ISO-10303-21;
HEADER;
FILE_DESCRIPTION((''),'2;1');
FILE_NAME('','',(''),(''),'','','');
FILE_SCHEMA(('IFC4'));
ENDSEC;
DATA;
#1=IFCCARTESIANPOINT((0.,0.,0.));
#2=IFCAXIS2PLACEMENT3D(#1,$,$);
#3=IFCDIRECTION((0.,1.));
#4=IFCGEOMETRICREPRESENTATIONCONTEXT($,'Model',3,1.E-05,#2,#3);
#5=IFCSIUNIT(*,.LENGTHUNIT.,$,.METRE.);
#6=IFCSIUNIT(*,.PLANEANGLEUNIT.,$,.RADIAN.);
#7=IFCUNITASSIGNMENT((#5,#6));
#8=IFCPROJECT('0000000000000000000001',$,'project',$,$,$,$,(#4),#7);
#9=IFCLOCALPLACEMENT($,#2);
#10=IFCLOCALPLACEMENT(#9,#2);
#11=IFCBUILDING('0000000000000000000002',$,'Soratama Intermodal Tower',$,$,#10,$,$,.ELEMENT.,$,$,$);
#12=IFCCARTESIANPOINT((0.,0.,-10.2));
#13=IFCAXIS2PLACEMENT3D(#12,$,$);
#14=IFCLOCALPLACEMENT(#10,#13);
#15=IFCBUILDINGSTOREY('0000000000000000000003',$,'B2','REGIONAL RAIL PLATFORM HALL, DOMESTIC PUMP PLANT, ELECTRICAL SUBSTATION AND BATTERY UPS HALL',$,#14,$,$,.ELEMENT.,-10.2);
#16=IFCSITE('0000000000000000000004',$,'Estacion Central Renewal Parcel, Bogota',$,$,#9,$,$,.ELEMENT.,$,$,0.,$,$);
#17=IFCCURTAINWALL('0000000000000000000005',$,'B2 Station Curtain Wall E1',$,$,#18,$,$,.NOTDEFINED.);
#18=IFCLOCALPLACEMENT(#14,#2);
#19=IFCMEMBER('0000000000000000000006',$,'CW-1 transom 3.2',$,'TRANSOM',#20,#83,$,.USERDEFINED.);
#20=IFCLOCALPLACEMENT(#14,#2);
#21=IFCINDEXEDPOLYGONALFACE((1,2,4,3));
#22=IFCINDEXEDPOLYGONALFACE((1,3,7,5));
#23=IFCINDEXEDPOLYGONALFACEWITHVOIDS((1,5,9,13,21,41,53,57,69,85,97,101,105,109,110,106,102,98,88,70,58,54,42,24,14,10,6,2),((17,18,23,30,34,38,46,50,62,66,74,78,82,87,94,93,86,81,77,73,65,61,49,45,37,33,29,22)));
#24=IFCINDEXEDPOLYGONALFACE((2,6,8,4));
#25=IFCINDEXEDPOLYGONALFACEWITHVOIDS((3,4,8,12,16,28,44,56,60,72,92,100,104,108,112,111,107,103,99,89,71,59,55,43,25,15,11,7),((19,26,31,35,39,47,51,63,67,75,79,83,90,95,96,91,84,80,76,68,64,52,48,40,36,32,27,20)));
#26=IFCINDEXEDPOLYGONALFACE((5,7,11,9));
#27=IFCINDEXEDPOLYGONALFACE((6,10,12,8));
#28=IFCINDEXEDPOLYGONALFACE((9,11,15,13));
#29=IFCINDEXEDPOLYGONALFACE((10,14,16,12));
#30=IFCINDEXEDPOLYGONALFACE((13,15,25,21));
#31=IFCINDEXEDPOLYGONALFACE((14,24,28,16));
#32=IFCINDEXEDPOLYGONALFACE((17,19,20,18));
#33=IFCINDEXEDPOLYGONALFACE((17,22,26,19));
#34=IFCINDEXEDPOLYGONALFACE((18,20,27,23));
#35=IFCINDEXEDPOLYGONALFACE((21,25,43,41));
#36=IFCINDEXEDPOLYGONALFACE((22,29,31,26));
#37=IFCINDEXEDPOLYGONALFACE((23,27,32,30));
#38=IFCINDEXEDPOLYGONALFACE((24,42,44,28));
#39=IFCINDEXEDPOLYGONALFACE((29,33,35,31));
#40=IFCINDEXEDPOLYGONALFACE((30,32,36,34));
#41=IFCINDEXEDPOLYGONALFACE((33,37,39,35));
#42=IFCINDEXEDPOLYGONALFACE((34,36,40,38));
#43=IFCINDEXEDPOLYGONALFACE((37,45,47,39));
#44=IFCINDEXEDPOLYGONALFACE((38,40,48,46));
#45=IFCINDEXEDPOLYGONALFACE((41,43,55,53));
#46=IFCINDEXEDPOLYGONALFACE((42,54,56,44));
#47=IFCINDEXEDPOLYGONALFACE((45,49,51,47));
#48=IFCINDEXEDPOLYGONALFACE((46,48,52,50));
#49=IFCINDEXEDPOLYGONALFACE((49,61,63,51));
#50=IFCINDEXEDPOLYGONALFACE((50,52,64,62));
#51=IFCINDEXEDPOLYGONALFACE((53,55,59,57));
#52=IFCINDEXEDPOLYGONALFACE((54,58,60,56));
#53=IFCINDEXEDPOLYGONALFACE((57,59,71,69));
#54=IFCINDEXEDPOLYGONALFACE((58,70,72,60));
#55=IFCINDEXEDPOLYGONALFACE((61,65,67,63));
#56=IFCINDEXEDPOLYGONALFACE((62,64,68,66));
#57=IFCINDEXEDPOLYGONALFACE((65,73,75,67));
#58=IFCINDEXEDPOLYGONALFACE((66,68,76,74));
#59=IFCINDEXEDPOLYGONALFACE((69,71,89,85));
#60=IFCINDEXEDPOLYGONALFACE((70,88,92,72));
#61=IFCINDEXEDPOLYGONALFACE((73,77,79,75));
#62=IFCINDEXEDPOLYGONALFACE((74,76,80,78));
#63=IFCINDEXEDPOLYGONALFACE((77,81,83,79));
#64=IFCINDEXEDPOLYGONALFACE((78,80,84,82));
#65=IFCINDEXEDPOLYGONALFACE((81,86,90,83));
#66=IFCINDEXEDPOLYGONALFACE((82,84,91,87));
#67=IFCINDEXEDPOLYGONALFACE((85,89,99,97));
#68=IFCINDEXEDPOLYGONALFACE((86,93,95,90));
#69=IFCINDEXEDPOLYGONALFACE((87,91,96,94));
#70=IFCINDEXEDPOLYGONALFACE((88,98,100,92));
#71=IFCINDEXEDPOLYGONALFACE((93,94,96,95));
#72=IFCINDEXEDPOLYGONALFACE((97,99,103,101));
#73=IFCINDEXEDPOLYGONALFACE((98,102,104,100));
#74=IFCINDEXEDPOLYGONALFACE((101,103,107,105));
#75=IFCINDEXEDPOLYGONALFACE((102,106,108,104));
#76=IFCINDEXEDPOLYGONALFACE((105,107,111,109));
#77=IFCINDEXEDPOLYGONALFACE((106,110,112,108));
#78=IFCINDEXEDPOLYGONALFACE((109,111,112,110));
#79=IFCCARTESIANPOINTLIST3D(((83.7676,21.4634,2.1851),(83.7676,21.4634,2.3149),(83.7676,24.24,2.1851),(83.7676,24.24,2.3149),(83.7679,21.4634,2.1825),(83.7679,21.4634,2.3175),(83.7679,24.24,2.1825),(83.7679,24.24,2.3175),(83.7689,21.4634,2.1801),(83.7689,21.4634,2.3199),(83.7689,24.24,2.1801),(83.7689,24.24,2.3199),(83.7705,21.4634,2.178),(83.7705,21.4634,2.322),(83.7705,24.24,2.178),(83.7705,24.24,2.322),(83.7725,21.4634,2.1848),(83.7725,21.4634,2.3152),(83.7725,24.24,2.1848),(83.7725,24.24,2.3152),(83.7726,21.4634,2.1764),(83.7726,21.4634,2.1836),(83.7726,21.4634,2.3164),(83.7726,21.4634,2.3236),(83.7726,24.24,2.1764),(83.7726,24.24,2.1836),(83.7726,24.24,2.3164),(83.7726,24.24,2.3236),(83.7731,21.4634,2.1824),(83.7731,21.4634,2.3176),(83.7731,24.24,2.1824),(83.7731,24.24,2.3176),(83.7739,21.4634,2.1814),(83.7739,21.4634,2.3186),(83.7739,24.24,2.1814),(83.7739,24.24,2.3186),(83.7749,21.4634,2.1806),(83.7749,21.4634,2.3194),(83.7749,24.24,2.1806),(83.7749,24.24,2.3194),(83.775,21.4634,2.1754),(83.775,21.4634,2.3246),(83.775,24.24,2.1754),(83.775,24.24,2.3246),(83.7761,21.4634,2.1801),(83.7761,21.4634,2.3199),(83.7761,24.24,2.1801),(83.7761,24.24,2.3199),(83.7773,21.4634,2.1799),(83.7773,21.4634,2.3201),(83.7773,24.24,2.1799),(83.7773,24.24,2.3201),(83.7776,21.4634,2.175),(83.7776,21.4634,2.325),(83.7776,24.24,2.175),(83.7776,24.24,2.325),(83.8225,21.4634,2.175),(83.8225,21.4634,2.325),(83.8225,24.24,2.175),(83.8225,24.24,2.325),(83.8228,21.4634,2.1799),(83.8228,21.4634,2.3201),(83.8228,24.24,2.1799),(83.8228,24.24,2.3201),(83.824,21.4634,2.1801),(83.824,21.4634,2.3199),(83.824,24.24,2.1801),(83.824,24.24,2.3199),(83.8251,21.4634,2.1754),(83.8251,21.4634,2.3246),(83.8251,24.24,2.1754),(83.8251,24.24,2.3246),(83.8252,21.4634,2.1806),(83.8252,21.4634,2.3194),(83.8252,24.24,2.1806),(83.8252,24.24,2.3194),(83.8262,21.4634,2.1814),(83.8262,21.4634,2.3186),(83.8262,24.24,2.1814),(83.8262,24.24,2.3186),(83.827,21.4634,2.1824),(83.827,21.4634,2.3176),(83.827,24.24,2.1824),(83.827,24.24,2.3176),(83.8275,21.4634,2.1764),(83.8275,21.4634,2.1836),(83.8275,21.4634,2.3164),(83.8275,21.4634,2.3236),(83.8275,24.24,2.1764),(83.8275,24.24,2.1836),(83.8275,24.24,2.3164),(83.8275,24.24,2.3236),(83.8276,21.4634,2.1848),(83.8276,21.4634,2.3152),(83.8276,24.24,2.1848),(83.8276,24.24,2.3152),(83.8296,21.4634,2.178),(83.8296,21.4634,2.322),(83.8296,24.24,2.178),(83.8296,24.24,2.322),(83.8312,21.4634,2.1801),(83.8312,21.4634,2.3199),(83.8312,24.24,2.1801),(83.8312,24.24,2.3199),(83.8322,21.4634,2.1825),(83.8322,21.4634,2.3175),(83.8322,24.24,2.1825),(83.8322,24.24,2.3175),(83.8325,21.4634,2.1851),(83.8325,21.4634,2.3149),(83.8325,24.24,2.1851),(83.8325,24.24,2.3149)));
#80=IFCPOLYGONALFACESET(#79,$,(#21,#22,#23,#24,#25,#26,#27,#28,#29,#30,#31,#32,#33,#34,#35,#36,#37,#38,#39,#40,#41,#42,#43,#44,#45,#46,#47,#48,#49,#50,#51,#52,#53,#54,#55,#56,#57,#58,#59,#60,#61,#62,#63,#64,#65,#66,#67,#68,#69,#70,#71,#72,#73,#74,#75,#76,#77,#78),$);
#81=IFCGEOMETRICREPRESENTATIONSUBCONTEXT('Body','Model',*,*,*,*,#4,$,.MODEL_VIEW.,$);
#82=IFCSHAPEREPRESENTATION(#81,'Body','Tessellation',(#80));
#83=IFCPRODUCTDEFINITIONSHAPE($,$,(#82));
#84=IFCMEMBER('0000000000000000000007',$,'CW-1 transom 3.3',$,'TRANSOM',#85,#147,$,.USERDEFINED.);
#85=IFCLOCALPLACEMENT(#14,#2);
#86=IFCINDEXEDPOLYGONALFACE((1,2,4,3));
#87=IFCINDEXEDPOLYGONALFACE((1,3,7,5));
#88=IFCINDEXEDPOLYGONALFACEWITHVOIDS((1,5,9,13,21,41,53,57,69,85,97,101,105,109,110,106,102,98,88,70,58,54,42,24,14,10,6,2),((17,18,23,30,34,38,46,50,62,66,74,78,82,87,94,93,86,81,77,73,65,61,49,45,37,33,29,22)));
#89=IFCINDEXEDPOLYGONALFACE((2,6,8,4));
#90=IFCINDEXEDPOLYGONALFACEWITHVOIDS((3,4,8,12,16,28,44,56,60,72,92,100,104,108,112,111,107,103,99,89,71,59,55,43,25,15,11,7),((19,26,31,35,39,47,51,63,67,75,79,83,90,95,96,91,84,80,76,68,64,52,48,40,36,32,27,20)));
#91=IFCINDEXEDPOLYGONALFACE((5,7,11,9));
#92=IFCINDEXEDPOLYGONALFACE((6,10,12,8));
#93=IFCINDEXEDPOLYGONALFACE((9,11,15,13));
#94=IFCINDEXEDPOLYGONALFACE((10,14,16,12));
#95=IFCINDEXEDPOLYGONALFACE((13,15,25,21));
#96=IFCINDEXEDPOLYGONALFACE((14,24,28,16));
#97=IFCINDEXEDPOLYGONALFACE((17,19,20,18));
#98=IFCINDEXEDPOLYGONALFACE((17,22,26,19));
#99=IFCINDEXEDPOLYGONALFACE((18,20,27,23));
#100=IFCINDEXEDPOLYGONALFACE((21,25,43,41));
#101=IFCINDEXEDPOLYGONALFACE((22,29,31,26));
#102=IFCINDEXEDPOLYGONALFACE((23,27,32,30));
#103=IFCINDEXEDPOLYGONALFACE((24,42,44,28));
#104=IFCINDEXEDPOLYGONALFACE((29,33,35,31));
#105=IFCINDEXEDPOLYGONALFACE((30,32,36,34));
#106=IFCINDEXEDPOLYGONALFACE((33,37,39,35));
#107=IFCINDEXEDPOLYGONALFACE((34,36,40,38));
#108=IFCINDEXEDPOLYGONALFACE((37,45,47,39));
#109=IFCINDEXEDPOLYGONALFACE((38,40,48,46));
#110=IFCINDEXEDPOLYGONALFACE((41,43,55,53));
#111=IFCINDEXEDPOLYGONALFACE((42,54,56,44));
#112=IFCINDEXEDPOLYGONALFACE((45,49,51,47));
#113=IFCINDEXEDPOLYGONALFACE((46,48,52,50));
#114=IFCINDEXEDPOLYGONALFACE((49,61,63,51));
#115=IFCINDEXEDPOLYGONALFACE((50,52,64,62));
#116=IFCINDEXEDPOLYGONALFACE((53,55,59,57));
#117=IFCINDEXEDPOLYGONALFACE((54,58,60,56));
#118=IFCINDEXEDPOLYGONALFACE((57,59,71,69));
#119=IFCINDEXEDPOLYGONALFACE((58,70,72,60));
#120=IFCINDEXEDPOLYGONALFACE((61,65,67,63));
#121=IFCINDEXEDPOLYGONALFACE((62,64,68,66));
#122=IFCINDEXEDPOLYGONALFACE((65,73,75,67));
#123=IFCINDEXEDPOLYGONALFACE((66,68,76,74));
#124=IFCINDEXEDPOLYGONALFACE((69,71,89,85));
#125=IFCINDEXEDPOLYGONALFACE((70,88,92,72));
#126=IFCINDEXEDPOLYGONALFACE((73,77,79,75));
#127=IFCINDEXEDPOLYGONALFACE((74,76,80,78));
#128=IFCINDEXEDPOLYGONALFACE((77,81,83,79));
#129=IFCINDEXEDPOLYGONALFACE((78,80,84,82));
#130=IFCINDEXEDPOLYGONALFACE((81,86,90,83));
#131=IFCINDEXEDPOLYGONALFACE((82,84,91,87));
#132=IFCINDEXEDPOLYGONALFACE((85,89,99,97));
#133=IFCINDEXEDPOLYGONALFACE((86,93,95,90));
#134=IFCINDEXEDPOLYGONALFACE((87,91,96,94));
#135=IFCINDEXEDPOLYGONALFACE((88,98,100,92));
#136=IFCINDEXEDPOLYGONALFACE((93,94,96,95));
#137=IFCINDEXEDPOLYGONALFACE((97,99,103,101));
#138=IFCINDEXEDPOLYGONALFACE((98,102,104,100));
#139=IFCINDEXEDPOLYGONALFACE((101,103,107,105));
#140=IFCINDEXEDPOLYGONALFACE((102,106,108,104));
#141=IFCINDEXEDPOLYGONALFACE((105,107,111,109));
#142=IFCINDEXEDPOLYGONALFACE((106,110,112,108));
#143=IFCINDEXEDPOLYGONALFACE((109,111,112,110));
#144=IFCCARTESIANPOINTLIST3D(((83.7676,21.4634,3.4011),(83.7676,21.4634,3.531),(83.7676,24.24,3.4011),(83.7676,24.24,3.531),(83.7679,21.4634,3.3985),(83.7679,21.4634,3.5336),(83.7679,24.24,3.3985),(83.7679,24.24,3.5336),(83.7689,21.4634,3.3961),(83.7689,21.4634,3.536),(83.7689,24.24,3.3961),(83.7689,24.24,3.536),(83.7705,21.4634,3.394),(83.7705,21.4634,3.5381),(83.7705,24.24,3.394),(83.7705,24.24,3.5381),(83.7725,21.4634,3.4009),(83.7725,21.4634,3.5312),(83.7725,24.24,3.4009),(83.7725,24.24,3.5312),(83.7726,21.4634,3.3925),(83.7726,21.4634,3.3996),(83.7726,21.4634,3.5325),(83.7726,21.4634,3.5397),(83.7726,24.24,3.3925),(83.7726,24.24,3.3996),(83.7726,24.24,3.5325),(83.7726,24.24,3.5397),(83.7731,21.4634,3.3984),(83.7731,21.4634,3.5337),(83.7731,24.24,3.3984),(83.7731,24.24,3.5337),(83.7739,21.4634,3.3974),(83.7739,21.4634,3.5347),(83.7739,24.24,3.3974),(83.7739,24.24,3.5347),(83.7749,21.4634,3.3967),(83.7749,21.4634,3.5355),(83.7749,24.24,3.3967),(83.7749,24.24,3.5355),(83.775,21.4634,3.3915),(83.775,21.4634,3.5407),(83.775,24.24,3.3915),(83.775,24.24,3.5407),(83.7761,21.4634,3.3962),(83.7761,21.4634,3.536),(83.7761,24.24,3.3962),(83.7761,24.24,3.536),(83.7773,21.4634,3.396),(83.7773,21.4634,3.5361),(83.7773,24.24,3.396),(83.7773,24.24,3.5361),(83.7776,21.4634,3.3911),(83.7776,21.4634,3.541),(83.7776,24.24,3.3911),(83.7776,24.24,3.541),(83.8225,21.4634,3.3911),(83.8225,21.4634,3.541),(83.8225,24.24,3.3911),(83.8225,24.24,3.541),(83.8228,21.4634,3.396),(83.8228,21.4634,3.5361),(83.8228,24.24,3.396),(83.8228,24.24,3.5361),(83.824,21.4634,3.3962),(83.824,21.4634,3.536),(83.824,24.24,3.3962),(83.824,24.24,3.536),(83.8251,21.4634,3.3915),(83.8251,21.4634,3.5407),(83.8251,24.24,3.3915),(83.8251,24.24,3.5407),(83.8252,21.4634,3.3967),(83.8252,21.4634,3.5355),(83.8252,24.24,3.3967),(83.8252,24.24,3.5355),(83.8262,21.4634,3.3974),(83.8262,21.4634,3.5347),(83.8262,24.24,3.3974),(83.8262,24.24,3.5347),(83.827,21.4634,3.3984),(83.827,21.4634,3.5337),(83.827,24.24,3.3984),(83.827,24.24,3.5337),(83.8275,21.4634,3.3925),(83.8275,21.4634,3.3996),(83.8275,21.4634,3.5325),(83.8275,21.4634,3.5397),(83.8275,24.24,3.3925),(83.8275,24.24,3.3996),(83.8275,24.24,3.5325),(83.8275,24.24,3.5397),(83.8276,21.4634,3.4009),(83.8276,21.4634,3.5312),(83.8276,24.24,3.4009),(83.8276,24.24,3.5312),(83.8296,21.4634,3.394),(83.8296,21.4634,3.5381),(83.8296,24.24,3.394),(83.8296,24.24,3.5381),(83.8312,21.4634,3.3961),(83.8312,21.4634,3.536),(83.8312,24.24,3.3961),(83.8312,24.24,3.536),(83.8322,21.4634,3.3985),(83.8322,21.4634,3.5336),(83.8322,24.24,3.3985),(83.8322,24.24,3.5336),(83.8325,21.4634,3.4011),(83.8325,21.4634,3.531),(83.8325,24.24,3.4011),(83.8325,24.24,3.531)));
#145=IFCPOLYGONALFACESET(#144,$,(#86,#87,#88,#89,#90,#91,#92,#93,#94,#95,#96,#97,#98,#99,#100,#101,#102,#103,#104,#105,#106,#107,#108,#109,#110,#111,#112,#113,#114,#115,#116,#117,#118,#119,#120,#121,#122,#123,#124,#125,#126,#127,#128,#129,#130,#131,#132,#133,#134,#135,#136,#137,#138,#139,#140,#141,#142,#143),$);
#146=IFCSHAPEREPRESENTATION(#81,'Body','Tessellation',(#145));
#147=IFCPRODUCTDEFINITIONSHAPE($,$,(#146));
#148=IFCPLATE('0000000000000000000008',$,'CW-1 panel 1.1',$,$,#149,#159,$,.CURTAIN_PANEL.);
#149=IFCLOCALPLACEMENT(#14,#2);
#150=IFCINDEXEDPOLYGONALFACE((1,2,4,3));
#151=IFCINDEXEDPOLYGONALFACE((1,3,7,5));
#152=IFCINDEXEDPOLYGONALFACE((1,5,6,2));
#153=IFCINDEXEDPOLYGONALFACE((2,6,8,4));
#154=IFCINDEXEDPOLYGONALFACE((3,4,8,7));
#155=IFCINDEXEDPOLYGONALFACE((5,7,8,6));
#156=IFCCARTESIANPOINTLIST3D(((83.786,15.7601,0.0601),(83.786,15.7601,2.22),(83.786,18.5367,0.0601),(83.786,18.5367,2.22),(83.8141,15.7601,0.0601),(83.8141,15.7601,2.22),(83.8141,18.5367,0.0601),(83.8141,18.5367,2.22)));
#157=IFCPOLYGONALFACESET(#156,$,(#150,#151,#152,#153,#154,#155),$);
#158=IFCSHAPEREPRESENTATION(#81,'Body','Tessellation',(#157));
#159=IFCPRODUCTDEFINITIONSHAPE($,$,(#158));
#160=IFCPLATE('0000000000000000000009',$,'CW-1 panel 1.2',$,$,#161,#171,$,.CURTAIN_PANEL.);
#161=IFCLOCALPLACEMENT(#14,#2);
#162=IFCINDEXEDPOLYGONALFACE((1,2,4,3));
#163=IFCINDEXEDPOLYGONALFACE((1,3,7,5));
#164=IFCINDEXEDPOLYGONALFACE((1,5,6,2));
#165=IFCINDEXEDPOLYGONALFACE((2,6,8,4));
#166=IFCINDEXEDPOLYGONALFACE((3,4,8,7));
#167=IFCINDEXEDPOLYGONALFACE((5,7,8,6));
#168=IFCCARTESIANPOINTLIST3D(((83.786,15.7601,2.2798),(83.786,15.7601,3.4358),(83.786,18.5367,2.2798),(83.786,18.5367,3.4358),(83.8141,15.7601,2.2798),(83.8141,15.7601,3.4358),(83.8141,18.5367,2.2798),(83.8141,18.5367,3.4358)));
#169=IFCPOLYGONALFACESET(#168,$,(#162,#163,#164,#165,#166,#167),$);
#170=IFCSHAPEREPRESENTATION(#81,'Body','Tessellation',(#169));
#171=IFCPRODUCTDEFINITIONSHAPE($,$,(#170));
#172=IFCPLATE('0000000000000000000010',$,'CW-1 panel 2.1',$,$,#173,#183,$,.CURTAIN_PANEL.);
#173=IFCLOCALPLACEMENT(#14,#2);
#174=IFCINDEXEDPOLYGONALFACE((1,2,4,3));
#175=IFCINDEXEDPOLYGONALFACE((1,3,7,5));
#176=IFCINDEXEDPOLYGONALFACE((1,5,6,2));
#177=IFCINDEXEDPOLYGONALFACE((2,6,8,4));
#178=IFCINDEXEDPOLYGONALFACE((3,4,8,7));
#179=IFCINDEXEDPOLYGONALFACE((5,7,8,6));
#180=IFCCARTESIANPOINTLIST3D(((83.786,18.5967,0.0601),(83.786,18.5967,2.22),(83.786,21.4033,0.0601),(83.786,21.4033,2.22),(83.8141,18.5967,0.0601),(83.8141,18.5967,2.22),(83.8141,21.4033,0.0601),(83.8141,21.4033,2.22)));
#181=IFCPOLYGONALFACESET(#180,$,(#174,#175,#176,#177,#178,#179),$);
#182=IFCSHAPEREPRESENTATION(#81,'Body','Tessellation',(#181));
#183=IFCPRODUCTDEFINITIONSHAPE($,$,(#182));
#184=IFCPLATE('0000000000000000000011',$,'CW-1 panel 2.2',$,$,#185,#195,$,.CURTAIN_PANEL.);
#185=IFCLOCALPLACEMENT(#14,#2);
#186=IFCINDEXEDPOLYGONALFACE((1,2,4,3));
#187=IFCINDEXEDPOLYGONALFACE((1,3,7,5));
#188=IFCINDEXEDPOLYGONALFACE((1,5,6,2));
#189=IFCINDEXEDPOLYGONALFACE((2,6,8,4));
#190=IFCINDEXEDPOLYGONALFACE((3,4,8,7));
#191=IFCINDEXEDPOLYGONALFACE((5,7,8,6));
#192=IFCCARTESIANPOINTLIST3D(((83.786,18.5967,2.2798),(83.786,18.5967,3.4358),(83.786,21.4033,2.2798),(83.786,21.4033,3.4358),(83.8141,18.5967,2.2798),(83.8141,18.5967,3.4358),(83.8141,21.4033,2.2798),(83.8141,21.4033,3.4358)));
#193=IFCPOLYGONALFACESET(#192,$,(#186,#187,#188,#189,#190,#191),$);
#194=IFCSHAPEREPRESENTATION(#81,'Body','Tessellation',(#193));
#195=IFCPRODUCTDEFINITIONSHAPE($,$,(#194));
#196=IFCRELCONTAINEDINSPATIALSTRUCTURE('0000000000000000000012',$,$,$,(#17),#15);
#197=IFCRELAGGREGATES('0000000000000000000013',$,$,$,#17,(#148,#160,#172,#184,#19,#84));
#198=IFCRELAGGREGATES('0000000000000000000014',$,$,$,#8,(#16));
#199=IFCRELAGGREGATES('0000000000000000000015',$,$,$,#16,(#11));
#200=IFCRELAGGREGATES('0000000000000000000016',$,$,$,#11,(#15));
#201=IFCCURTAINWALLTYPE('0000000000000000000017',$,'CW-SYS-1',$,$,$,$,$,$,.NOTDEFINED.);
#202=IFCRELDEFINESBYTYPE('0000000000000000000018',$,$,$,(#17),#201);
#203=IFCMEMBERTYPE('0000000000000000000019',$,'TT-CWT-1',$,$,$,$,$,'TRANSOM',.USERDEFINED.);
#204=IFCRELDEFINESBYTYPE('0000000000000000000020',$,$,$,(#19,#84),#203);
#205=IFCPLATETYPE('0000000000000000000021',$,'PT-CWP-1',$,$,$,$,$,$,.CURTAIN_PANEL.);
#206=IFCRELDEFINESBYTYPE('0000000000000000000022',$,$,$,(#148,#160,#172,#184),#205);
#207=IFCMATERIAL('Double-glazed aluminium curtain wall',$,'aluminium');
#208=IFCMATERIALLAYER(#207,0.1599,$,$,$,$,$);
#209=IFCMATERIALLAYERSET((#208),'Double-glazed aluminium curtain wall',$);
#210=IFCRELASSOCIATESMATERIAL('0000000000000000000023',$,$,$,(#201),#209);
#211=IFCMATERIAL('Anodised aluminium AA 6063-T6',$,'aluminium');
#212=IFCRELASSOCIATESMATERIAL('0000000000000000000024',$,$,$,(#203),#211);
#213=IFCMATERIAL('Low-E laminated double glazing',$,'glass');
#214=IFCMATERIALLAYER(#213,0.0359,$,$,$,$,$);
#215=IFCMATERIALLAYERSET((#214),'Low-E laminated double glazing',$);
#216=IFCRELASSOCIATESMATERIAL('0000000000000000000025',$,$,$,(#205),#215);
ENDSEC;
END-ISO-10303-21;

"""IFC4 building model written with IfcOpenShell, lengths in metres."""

from ifc_helpers import new_model, si_unit, direction, frame, origin, origin_2d, place, context, subcontext, project, spatial, rectangle, hollow_rectangle, extrude, material, layer, layer_set, material_profile, profile_set, type_object, element, aggregate, save


model = new_model("IFC4")

# Units and contexts
model_context = context("Model", 3, precision=1e-05, world=origin(), true_north=direction((0.0, 1.0)))
body_context = subcontext(model_context, "Body", "Model", "MODEL_VIEW")
ifc_project = project(units=[si_unit("LENGTHUNIT", "METRE"), si_unit("PLANEANGLEUNIT", "RADIAN")], contexts=[model_context])

# Site, building, storey
site_placement = place(None, origin())
site = spatial("IfcSite", under=ifc_project, at=site_placement, Name="Estacion Central Renewal Parcel, Bogota", CompositionType="ELEMENT", RefElevation=0.0)
building_placement = place(site_placement, origin())
building = spatial("IfcBuilding", under=site, at=building_placement, Name="Soratama Intermodal Tower", CompositionType="ELEMENT")
storey_placement = place(building_placement, frame((0.0, 0.0, -10.2)))
storey = spatial("IfcBuildingStorey", under=building, at=storey_placement, Name="B2", Description="REGIONAL RAIL PLATFORM HALL, DOMESTIC PUMP PLANT, ELECTRICAL SUBSTATION AND BATTERY UPS HALL", CompositionType="ELEMENT", Elevation=-10.2)

# Curtain wall, members, plates
ifc_material_1 = material(Name="Double-glazed aluminium curtain wall", Category="aluminium")
ifc_layer_1 = layer(ifc_material_1, 0.1599)
ifc_layer_set_1 = layer_set([ifc_layer_1], Name="Double-glazed aluminium curtain wall")
curtain_wall_type = type_object("IfcCurtainWallType", Name="CW-SYS-1", PredefinedType="NOTDEFINED", material=ifc_layer_set_1)
curtain_wall_placement = place(storey_placement, origin())
curtain_wall = element("IfcCurtainWall", 1, at=curtain_wall_placement, inside=storey, type_object=curtain_wall_type, Name="B2 Station Curtain Wall E1", PredefinedType="NOTDEFINED")
ifc_material_2 = material(Name="Anodised aluminium AA 6063-T6", Category="aluminium")
ifc_material_profile_1 = material_profile(ifc_material_2, hollow_rectangle(XDim=0.0649, YDim=0.1499, WallThickness=0.0049, InnerFilletRadius=0.0049, OuterFilletRadius=0.01, at=origin_2d()), Name="CWT150X65X5")
ifc_profile_set_1 = profile_set([ifc_material_profile_1], Name="Anodised aluminium AA 6063-T6")
member_type_1 = type_object("IfcMemberType", Name="TT-CWT-1", ElementType="TRANSOM", PredefinedType="USERDEFINED", material=ifc_profile_set_1)
member_1_placement = place(storey_placement, frame((83.8, 21.4634, 2.25), z_axis=(0.0, 1.0, 0.0), x_axis=(-1.0, 0.0, 0.0)))
member_1 = element("IfcMember", 2, at=member_1_placement, type_object=member_type_1, Name="CW-1 transom 3.2", ObjectType="TRANSOM", PredefinedType="USERDEFINED", context=body_context, shape_type="SweptSolid", body=[
    extrude(hollow_rectangle(XDim=0.0649, YDim=0.1499, WallThickness=0.0049, InnerFilletRadius=0.0049, OuterFilletRadius=0.01, at=origin_2d()), origin(), (0.0, 0.0, 1.0), 2.7766),
])
member_2_placement = place(storey_placement, frame((83.8, 21.4634, 3.4661), z_axis=(0.0, 1.0, 0.0), x_axis=(-1.0, 0.0, 0.0)))
member_2 = element("IfcMember", 3, at=member_2_placement, type_object=member_type_1, Name="CW-1 transom 3.3", ObjectType="TRANSOM", PredefinedType="USERDEFINED", context=body_context, shape_type="SweptSolid", body=[
    extrude(hollow_rectangle(XDim=0.0649, YDim=0.1499, WallThickness=0.0049, InnerFilletRadius=0.0049, OuterFilletRadius=0.01, at=origin_2d()), origin(), (0.0, 0.0, 1.0), 2.7766),
])
ifc_material_3 = material(Name="Low-E laminated double glazing", Category="glass")
ifc_layer_2 = layer(ifc_material_3, 0.0359)
ifc_layer_set_2 = layer_set([ifc_layer_2], Name="Low-E laminated double glazing")
plate_type = type_object("IfcPlateType", Name="PT-CWP-1", PredefinedType="CURTAIN_PANEL", material=ifc_layer_set_2)
plate_1_placement = place(storey_placement, frame((83.8, 17.1484, 0.0601), z_axis=(0.0, 0.0, 1.0), x_axis=(0.0, 1.0, 0.0)))
plate_1 = element("IfcPlate", 4, at=plate_1_placement, type_object=plate_type, Name="CW-1 panel 1.1", PredefinedType="CURTAIN_PANEL", context=body_context, shape_type="SweptSolid", body=[
    extrude(rectangle(XDim=2.7766, YDim=0.0281, at=origin_2d()), origin(), (0.0, 0.0, 1.0), 2.1599),
])
plate_2_placement = place(storey_placement, frame((83.8, 17.1484, 2.2798), z_axis=(0.0, 0.0, 1.0), x_axis=(0.0, 1.0, 0.0)))
plate_2 = element("IfcPlate", 5, at=plate_2_placement, type_object=plate_type, Name="CW-1 panel 1.2", PredefinedType="CURTAIN_PANEL", context=body_context, shape_type="SweptSolid", body=[
    extrude(rectangle(XDim=2.7766, YDim=0.0281, at=origin_2d()), origin(), (0.0, 0.0, 1.0), 1.156),
])
plate_3_placement = place(storey_placement, frame((83.8, 20.0, 0.0601), z_axis=(0.0, 0.0, 1.0), x_axis=(0.0, 1.0, 0.0)))
plate_3 = element("IfcPlate", 6, at=plate_3_placement, type_object=plate_type, Name="CW-1 panel 2.1", PredefinedType="CURTAIN_PANEL", context=body_context, shape_type="SweptSolid", body=[
    extrude(rectangle(XDim=2.8066, YDim=0.0281, at=origin_2d()), origin(), (0.0, 0.0, 1.0), 2.1599),
])
plate_4_placement = place(storey_placement, frame((83.8, 20.0, 2.2798), z_axis=(0.0, 0.0, 1.0), x_axis=(0.0, 1.0, 0.0)))
plate_4 = element("IfcPlate", 7, at=plate_4_placement, type_object=plate_type, Name="CW-1 panel 2.2", PredefinedType="CURTAIN_PANEL", context=body_context, shape_type="SweptSolid", body=[
    extrude(rectangle(XDim=2.8066, YDim=0.0281, at=origin_2d()), origin(), (0.0, 0.0, 1.0), 1.156),
])
aggregate(curtain_wall, [plate_1, plate_2, plate_3, plate_4, member_1, member_2])

save(model, "model.ifc")
